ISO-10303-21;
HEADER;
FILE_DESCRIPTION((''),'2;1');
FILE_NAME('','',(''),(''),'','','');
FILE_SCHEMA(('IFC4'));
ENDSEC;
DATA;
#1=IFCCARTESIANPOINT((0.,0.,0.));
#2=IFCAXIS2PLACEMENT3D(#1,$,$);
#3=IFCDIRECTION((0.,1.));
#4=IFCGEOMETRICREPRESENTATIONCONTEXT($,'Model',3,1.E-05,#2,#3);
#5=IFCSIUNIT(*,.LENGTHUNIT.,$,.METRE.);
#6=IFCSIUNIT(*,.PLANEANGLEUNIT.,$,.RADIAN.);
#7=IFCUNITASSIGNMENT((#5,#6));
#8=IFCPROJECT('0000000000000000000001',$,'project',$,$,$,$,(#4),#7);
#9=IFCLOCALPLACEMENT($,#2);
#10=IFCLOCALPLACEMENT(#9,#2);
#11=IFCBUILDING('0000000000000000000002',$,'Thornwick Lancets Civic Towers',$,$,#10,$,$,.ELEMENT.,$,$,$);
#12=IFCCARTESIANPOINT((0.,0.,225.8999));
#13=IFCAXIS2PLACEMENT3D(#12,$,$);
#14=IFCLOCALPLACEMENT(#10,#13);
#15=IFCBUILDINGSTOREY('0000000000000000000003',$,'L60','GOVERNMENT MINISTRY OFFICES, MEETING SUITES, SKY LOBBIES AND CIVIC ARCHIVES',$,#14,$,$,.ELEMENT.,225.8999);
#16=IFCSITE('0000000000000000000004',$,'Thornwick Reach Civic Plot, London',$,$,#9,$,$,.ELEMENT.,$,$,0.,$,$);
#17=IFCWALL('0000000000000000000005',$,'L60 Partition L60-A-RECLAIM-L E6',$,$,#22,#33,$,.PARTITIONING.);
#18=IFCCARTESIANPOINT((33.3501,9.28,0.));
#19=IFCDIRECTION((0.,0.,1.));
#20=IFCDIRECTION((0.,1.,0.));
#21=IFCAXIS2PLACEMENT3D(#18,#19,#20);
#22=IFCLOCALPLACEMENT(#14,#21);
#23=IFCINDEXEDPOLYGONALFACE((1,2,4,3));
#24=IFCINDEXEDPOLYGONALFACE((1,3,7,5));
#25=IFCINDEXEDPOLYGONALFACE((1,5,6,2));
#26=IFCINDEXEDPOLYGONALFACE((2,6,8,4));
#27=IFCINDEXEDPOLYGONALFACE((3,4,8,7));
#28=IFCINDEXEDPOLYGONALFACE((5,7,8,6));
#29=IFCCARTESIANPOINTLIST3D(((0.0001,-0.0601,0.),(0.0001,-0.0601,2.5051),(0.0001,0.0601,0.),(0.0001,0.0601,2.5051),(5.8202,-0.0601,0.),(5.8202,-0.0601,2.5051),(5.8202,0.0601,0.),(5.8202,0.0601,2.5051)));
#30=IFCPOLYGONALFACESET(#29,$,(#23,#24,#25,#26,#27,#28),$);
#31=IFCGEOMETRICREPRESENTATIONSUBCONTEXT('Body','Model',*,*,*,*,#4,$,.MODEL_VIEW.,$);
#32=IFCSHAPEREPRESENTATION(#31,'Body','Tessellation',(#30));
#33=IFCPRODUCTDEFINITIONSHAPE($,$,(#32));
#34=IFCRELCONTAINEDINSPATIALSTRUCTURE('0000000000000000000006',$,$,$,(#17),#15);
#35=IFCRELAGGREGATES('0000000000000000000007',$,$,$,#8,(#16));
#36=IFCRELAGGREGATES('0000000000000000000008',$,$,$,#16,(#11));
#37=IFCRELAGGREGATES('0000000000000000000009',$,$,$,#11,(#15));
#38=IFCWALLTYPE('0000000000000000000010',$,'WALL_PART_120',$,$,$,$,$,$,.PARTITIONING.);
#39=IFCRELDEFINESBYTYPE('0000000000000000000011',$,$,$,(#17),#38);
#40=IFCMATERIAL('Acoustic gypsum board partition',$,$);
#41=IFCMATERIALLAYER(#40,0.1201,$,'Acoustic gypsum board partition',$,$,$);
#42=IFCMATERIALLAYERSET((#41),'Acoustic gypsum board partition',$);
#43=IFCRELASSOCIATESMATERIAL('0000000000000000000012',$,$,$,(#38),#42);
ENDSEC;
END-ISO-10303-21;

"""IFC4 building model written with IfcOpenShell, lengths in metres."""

from ifc_helpers import new_model, si_unit, direction, frame, frame_2d, origin, place, context, subcontext, project, spatial, rectangle, extrude, material, layer, layer_set, type_object, element, save


model = new_model("IFC4")

# Units and contexts
model_context = context("Model", 3, precision=1e-05, world=origin(), true_north=direction((0.0, 1.0)))
body_context = subcontext(model_context, "Body", "Model", "MODEL_VIEW")
ifc_project = project(units=[si_unit("LENGTHUNIT", "METRE"), si_unit("PLANEANGLEUNIT", "RADIAN")], contexts=[model_context])

# Site, building, storey
site_placement = place(None, origin())
site = spatial("IfcSite", under=ifc_project, at=site_placement, Name="Thornwick Reach Civic Plot, London", CompositionType="ELEMENT", RefElevation=0.0)
building_placement = place(site_placement, origin())
building = spatial("IfcBuilding", under=site, at=building_placement, Name="Thornwick Lancets Civic Towers", CompositionType="ELEMENT")
storey_placement = place(building_placement, frame((0.0, 0.0, 225.8999)))
storey = spatial("IfcBuildingStorey", under=building, at=storey_placement, Name="L60", Description="GOVERNMENT MINISTRY OFFICES, MEETING SUITES, SKY LOBBIES AND CIVIC ARCHIVES", CompositionType="ELEMENT", Elevation=225.8999)

# Shared definitions
ifc_material_1 = material(Name="Acoustic gypsum board partition")
ifc_layer_1 = layer(ifc_material_1, 0.1201, Name="Acoustic gypsum board partition")
ifc_layer_set_1 = layer_set([ifc_layer_1], Name="Acoustic gypsum board partition")
wall_type_1 = type_object("IfcWallType", Name="WALL_PART_120", PredefinedType="PARTITIONING", material=ifc_layer_set_1)

# Wall
wall_1_placement = place(storey_placement, frame((33.3501, 9.28, 0.0), z_axis=(0.0, 0.0, 1.0), x_axis=(0.0, 1.0, 0.0)))
element("IfcWall", 1, at=wall_1_placement, inside=storey, type_object=wall_type_1, Name="L60 Partition L60-A-RECLAIM-L E6", PredefinedType="PARTITIONING", context=body_context, shape_type="SweptSolid", body=[
    extrude(rectangle(XDim=5.8201, YDim=0.1201, at=frame_2d((2.9102, 0.0))), origin(), (0.0, 0.0, 1.0), 2.5051),
])

save(model, "model.ifc")
